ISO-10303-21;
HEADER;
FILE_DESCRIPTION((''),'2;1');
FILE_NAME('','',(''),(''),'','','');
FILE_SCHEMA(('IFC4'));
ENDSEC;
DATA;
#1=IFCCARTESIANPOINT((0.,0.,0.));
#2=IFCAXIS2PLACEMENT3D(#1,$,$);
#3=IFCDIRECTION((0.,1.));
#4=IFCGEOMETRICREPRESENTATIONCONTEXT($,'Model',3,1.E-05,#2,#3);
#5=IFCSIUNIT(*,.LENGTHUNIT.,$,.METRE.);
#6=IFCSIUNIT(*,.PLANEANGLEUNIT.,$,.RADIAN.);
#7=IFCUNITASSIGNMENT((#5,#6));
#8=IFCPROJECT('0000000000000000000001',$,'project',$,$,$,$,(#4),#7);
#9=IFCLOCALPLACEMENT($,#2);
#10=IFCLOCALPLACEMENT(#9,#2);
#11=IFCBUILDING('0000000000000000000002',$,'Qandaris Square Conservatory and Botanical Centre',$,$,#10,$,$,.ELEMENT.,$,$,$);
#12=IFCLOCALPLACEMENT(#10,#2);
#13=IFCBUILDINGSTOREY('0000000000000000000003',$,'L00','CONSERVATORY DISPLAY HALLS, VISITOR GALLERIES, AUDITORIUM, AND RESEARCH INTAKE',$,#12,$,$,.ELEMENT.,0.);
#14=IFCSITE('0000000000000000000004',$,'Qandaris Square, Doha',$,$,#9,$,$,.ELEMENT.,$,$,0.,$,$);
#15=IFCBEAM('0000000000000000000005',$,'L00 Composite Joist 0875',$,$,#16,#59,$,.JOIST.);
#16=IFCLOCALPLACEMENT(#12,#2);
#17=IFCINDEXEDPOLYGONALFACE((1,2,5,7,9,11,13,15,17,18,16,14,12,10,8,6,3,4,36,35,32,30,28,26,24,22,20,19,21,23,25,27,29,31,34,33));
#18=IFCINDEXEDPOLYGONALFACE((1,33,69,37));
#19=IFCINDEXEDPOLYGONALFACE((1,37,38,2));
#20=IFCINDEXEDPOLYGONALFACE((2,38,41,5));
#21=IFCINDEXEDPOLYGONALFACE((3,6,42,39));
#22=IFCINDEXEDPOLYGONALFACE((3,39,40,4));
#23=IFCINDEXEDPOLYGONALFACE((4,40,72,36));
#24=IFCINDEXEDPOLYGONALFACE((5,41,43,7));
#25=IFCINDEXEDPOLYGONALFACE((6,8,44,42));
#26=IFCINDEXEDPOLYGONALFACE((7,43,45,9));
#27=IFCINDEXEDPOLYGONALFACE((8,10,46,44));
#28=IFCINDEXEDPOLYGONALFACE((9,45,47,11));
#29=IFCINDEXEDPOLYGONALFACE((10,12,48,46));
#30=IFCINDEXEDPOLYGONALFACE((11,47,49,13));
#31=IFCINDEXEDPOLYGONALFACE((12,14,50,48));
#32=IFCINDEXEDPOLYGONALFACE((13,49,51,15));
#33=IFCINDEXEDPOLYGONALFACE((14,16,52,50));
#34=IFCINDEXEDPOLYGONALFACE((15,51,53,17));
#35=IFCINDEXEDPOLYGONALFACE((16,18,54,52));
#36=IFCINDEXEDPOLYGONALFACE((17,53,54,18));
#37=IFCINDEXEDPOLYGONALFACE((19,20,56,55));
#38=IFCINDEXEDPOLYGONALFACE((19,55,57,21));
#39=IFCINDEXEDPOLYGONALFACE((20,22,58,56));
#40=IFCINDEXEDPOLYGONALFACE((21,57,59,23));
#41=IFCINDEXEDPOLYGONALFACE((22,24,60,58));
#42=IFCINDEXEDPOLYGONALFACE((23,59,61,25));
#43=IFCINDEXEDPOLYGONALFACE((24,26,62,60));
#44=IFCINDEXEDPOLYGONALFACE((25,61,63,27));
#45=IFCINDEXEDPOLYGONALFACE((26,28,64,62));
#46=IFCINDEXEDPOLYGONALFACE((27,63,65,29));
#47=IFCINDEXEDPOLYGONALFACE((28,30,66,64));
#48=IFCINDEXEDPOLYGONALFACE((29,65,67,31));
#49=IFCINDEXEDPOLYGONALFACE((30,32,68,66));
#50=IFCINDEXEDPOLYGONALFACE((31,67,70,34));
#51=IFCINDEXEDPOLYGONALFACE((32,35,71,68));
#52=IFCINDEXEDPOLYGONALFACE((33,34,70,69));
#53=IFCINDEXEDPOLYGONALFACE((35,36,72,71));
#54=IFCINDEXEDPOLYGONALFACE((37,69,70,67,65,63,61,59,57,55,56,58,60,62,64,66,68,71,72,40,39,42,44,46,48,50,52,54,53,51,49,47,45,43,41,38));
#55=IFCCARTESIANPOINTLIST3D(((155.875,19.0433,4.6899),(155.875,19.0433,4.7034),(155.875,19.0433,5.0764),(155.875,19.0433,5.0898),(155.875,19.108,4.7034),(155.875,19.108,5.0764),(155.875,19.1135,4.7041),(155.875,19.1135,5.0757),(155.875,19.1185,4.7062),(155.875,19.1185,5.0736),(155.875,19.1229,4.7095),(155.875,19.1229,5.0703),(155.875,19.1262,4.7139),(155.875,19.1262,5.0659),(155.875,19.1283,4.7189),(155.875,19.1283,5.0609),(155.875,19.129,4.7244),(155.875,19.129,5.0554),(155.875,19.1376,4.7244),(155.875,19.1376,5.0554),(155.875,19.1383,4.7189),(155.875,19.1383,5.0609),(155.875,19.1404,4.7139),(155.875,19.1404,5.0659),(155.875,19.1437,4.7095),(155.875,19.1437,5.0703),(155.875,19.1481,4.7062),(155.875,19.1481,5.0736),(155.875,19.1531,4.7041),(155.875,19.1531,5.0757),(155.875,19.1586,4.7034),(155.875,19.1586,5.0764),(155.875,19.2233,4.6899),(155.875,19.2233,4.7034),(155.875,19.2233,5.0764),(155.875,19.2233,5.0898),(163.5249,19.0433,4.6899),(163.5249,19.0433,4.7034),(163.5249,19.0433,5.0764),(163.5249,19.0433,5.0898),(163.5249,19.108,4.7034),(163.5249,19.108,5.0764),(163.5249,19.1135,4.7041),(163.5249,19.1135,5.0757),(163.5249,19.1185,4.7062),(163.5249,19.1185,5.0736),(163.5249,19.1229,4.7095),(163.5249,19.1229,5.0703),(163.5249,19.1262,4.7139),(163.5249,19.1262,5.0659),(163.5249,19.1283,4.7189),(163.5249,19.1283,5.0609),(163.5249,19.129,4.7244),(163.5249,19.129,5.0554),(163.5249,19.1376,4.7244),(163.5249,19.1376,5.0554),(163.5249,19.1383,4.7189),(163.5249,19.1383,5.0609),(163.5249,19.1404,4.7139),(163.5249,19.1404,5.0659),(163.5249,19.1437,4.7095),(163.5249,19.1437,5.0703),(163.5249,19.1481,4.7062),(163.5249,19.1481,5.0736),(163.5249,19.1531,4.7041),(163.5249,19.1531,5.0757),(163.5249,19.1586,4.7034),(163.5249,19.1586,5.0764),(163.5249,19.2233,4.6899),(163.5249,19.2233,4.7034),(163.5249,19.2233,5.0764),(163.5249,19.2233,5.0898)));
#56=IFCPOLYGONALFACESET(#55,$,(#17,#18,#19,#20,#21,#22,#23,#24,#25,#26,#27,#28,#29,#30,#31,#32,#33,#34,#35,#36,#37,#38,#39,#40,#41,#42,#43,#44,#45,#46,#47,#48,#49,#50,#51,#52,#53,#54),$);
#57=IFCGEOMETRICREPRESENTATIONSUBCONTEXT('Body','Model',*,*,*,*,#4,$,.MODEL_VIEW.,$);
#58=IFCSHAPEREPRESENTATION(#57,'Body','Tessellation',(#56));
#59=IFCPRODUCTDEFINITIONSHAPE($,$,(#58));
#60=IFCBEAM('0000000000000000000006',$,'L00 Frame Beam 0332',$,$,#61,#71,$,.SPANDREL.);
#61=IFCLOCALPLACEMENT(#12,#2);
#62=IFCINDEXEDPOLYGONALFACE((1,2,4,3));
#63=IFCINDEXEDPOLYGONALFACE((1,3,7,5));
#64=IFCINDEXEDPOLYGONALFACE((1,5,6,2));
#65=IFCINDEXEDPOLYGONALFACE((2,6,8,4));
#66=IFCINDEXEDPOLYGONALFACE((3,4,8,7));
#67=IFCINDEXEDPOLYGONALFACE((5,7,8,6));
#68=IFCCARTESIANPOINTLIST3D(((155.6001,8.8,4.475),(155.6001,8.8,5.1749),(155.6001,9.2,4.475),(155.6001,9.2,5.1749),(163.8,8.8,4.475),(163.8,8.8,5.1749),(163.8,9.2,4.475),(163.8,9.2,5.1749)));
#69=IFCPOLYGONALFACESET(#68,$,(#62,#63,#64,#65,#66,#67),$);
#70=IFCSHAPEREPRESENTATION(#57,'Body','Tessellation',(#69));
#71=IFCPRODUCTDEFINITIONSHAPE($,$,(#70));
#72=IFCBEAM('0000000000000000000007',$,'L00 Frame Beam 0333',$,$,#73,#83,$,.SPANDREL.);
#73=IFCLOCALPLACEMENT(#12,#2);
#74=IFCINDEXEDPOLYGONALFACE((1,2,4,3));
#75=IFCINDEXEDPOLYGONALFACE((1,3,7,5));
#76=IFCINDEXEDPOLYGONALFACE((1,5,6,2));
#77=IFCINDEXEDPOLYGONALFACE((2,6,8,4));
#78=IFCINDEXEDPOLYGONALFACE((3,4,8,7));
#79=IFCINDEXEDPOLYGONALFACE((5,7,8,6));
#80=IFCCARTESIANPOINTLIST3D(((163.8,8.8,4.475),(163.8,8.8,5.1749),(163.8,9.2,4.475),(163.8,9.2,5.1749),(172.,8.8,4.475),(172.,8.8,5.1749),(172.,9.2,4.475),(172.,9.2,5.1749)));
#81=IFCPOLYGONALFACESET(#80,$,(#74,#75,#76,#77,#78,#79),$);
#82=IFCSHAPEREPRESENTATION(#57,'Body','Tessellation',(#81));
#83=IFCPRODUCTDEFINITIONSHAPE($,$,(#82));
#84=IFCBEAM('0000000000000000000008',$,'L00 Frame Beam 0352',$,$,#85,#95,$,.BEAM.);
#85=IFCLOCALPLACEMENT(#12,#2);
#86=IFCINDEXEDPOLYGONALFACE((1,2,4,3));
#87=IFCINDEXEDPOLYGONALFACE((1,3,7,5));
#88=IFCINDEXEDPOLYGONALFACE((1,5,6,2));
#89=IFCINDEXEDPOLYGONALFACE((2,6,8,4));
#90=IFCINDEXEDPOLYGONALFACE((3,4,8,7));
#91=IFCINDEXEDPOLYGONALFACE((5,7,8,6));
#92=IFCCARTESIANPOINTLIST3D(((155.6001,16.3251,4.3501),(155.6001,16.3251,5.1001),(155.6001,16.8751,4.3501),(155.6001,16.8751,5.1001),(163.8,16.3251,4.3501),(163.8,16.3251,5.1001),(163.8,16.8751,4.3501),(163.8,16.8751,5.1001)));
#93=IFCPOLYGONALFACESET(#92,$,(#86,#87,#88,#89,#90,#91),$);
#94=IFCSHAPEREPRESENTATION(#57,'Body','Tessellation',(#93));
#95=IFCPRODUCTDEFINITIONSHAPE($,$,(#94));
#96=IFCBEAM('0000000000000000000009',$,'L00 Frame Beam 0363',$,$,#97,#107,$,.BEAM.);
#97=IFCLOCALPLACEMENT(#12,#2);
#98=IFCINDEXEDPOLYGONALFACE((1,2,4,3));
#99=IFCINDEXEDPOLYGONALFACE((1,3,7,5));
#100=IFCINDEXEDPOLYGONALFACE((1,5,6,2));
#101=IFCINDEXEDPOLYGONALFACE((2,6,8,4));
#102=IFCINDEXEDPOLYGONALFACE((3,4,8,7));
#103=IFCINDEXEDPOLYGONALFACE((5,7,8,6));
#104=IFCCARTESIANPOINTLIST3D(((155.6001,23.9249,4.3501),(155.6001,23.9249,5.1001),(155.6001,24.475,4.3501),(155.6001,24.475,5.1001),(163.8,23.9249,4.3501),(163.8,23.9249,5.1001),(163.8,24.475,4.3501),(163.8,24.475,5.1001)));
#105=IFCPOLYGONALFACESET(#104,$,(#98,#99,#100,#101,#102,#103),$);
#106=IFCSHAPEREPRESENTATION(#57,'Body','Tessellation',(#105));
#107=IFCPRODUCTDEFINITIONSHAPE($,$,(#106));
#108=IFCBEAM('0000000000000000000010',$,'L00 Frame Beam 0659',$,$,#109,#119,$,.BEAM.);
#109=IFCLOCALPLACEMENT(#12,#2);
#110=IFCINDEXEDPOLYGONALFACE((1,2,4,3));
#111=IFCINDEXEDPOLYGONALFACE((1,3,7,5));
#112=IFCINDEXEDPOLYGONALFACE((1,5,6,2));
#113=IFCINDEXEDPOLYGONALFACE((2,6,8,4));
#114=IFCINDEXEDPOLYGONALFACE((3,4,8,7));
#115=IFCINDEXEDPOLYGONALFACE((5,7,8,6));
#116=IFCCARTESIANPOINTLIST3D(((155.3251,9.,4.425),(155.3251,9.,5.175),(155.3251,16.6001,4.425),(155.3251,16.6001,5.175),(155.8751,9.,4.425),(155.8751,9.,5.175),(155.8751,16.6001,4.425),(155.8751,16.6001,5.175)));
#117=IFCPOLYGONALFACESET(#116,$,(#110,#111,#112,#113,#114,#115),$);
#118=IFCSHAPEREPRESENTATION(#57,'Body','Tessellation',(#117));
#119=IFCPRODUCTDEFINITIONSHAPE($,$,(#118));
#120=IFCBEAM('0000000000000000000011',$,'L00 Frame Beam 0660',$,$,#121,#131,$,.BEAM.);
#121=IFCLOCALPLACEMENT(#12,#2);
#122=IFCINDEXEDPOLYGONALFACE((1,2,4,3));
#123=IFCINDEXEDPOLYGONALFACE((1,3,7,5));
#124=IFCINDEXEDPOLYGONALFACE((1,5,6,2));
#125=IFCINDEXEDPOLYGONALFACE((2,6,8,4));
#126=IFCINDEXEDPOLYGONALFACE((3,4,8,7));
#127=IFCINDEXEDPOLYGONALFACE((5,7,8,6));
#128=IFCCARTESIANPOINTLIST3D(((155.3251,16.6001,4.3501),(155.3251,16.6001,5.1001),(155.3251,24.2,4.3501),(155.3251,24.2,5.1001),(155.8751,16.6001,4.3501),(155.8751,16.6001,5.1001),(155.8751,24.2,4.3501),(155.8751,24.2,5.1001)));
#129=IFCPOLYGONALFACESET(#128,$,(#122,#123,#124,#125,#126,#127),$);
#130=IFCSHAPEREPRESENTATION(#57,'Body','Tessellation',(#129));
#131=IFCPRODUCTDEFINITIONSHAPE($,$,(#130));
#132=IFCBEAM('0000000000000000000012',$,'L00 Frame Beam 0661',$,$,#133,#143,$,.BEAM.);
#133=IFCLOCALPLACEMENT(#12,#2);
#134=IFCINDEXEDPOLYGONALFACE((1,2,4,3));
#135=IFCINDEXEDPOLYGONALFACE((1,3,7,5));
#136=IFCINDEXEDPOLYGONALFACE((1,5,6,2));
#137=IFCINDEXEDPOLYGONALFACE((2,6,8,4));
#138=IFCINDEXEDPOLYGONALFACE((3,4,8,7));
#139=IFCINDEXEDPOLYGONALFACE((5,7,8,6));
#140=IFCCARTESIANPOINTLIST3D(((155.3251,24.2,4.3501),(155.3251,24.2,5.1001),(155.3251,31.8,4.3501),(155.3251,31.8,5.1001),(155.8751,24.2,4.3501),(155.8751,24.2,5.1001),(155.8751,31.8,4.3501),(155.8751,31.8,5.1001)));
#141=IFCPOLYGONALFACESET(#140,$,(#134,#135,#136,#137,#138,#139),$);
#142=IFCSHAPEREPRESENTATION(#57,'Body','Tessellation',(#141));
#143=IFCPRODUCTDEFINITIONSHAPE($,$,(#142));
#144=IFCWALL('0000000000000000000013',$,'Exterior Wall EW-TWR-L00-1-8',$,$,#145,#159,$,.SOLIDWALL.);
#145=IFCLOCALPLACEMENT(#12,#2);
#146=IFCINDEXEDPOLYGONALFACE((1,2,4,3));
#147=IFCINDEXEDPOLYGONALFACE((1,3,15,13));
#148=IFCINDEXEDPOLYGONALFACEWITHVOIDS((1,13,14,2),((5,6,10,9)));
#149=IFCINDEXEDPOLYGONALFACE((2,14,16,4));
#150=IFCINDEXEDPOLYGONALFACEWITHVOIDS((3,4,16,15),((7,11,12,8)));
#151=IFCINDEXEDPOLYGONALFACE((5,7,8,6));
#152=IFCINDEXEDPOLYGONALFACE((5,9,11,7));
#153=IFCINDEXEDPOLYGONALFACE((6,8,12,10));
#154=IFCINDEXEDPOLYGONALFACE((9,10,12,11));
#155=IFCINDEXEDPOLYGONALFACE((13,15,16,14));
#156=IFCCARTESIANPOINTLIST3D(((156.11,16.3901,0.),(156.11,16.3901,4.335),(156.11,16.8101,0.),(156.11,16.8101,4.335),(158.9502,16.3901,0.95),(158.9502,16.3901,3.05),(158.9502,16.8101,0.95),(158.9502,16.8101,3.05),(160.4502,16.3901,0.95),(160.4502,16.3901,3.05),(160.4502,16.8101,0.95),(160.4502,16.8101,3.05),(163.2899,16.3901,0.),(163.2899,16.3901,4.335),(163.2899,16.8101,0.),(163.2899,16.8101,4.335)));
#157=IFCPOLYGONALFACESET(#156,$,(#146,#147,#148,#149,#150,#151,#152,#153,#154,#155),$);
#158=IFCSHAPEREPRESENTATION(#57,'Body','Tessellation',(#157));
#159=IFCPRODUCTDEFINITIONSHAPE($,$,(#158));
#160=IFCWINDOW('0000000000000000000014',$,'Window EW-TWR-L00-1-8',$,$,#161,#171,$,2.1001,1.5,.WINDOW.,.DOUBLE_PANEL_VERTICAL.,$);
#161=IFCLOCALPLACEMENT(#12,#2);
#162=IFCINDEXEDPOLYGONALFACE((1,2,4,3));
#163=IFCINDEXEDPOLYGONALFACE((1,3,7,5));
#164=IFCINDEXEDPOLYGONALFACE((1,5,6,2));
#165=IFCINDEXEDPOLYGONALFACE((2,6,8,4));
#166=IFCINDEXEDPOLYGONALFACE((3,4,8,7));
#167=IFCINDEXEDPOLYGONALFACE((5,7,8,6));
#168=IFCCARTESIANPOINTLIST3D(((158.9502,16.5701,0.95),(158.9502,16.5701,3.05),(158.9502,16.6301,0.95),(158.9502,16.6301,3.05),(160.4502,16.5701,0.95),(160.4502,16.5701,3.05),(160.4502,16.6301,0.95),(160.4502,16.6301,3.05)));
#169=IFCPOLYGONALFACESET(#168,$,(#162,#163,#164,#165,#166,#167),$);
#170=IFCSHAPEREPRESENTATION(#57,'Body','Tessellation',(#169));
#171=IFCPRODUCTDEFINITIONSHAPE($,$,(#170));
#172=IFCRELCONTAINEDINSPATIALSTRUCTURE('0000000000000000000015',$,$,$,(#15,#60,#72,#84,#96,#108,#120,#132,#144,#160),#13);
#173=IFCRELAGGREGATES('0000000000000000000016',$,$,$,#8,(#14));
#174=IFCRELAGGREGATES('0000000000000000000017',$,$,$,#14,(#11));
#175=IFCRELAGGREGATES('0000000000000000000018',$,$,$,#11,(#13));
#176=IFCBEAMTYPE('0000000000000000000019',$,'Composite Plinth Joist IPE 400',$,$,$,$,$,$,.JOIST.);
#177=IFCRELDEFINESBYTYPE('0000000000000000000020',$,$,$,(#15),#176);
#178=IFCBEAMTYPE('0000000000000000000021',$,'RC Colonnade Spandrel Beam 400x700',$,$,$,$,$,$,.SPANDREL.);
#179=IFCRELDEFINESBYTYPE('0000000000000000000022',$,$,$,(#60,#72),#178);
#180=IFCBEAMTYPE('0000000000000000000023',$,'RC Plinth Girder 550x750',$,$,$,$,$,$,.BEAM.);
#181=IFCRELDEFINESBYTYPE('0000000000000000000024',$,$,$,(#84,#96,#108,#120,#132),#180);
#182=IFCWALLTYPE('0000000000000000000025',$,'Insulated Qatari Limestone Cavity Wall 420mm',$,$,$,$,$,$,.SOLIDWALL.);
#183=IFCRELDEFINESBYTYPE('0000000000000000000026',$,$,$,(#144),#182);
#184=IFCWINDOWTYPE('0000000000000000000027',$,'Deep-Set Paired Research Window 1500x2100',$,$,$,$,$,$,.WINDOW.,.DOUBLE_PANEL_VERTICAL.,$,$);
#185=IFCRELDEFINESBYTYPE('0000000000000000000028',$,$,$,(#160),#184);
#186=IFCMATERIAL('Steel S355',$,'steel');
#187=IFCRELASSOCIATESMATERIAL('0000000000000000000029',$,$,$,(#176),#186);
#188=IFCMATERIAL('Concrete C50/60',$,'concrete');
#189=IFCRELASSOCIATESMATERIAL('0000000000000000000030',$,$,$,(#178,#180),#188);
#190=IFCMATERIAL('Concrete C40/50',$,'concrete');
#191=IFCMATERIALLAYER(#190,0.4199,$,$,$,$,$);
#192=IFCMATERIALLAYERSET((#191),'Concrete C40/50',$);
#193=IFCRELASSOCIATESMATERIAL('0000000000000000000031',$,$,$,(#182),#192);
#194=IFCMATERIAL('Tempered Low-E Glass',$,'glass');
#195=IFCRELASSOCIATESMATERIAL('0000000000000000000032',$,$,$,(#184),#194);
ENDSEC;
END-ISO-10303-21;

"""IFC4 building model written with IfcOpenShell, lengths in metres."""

from ifc_helpers import new_model, si_unit, direction, frame, frame_2d, origin, origin_2d, place, context, subcontext, project, spatial, rectangle, i_section, extrude, material, layer, layer_set, material_profile, profile_set, type_object, element, fill, save


model = new_model("IFC4")

# Units and contexts
model_context = context("Model", 3, precision=1e-05, world=origin(), true_north=direction((0.0, 1.0)))
body_context = subcontext(model_context, "Body", "Model", "MODEL_VIEW")
ifc_project = project(units=[si_unit("LENGTHUNIT", "METRE"), si_unit("PLANEANGLEUNIT", "RADIAN")], contexts=[model_context])

# Site, building, storey
site_placement = place(None, origin())
site = spatial("IfcSite", under=ifc_project, at=site_placement, Name="Qandaris Square, Doha", CompositionType="ELEMENT", RefElevation=0.0)
building_placement = place(site_placement, origin())
building = spatial("IfcBuilding", under=site, at=building_placement, Name="Qandaris Square Conservatory and Botanical Centre", CompositionType="ELEMENT")
storey_placement = place(building_placement, origin())
storey = spatial("IfcBuildingStorey", under=building, at=storey_placement, Name="L00", Description="CONSERVATORY DISPLAY HALLS, VISITOR GALLERIES, AUDITORIUM, AND RESEARCH INTAKE", CompositionType="ELEMENT", Elevation=0.0)

# Shared definitions
ifc_material_1 = material(Name="Concrete C40/50", Category="concrete")

# Shared definitions
ifc_material_2 = material(Name="Concrete C50/60", Category="concrete")

# Beams
ifc_material_3 = material(Name="Steel S355", Category="steel")
ifc_material_profile_1 = material_profile(ifc_material_3, i_section(OverallWidth=0.1799, OverallDepth=0.3999, WebThickness=0.0085, FlangeThickness=0.0134, FilletRadius=0.021, at=origin_2d()), Name="IPE 400")
ifc_profile_set_1 = profile_set([ifc_material_profile_1], Name="Steel S355")
beam_type_1 = type_object("IfcBeamType", Name="Composite Plinth Joist IPE 400", PredefinedType="JOIST", material=ifc_profile_set_1)
beam_1_placement = place(storey_placement, frame((155.875, 19.1333, 4.8899), z_axis=(1.0, 0.0, 0.0), x_axis=(0.0, 1.0, 0.0)))
element("IfcBeam", 1, at=beam_1_placement, inside=storey, type_object=beam_type_1, Name="L00 Composite Joist 0875", PredefinedType="JOIST", context=body_context, shape_type="SweptSolid", body=[
    extrude(i_section(OverallWidth=0.1799, OverallDepth=0.3999, WebThickness=0.0085, FlangeThickness=0.0134, FilletRadius=0.021, at=origin_2d()), origin(), (0.0, 0.0, 1.0), 7.6499),
])
ifc_material_profile_2 = material_profile(ifc_material_2, rectangle(XDim=0.3999, YDim=0.7, at=origin_2d()), Name="RC-SP 400x700")
ifc_profile_set_2 = profile_set([ifc_material_profile_2], Name="Concrete C50/60")
beam_type_2 = type_object("IfcBeamType", Name="RC Colonnade Spandrel Beam 400x700", PredefinedType="SPANDREL", material=ifc_profile_set_2)
for number, where, z_axis, x_axis, name in (
    (2, (155.6001, 9.0, 4.825), (1.0, 0.0, 0.0), (0.0, 1.0, 0.0), "L00 Frame Beam 0332"),
    (3, (163.8, 9.0, 4.825), (1.0, 0.0, 0.0), (0.0, 1.0, 0.0), "L00 Frame Beam 0333"),
):
    element("IfcBeam", number, at=place(storey_placement, frame(where, z_axis=z_axis, x_axis=x_axis)), inside=storey, type_object=beam_type_2, Name=name, PredefinedType="SPANDREL", context=body_context, shape_type="SweptSolid", body=[
        extrude(rectangle(XDim=0.3999, YDim=0.7, at=origin_2d()), origin(), (0.0, 0.0, 1.0), 8.2),
    ])
ifc_material_profile_3 = material_profile(ifc_material_2, rectangle(XDim=0.55, YDim=0.75, at=origin_2d()), Name="RC-BM 550x750")
ifc_profile_set_3 = profile_set([ifc_material_profile_3], Name="Concrete C50/60")
beam_type_3 = type_object("IfcBeamType", Name="RC Plinth Girder 550x750", PredefinedType="BEAM", material=ifc_profile_set_3)
for number, where, z_axis, x_axis, name in (
    (4, (155.6001, 16.6001, 4.7251), (1.0, 0.0, 0.0), (0.0, 1.0, 0.0), "L00 Frame Beam 0352"),
    (5, (155.6001, 24.2, 4.7251), (1.0, 0.0, 0.0), (0.0, 1.0, 0.0), "L00 Frame Beam 0363"),
):
    element("IfcBeam", number, at=place(storey_placement, frame(where, z_axis=z_axis, x_axis=x_axis)), inside=storey, type_object=beam_type_3, Name=name, PredefinedType="BEAM", context=body_context, shape_type="SweptSolid", body=[
        extrude(rectangle(XDim=0.55, YDim=0.75, at=origin_2d()), origin(), (0.0, 0.0, 1.0), 8.2),
    ])
beam_2_placement = place(storey_placement, frame((155.6001, 9.0, 4.8), z_axis=(0.0, 1.0, 0.0), x_axis=(-1.0, 0.0, 0.0)))
element("IfcBeam", 6, at=beam_2_placement, inside=storey, type_object=beam_type_3, Name="L00 Frame Beam 0659", PredefinedType="BEAM", context=body_context, shape_type="SweptSolid", body=[
    extrude(rectangle(XDim=0.55, YDim=0.75, at=origin_2d()), origin(), (0.0, 0.0, 1.0), 7.6001),
])
beam_3_placement = place(storey_placement, frame((155.6001, 16.6001, 4.7251), z_axis=(0.0, 1.0, 0.0), x_axis=(-1.0, 0.0, 0.0)))
element("IfcBeam", 7, at=beam_3_placement, inside=storey, type_object=beam_type_3, Name="L00 Frame Beam 0660", PredefinedType="BEAM", context=body_context, shape_type="SweptSolid", body=[
    extrude(rectangle(XDim=0.55, YDim=0.75, at=origin_2d()), origin(), (0.0, 0.0, 1.0), 7.5999),
])
beam_4_placement = place(storey_placement, frame((155.6001, 24.2, 4.7251), z_axis=(0.0, 1.0, 0.0), x_axis=(-1.0, 0.0, 0.0)))
element("IfcBeam", 8, at=beam_4_placement, inside=storey, type_object=beam_type_3, Name="L00 Frame Beam 0661", PredefinedType="BEAM", context=body_context, shape_type="SweptSolid", body=[
    extrude(rectangle(XDim=0.55, YDim=0.75, at=origin_2d()), origin(), (0.0, 0.0, 1.0), 7.6001),
])

# Wall, opening, window
ifc_layer = layer(ifc_material_1, 0.4199)
ifc_layer_set = layer_set([ifc_layer], Name="Concrete C40/50")
wall_type = type_object("IfcWallType", Name="Insulated Qatari Limestone Cavity Wall 420mm", PredefinedType="SOLIDWALL", material=ifc_layer_set)
wall_placement = place(storey_placement, frame((156.1101, 16.6001, 0.0), z_axis=(0.0, 0.0, 1.0), x_axis=(1.0, 0.0, 0.0)))
wall = element("IfcWall", 9, at=wall_placement, inside=storey, type_object=wall_type, Name="Exterior Wall EW-TWR-L00-1-8", PredefinedType="SOLIDWALL", context=body_context, shape_type="SweptSolid", body=[
    extrude(rectangle(XDim=7.1799, YDim=0.4199, at=frame_2d((3.5898, 0.0))), origin(), (0.0, 0.0, 1.0), 4.335),
])
opening_placement = place(wall_placement, frame((2.8401, 0.0, 0.95)))
opening = element("IfcOpeningElement", 10, at=opening_placement, cuts=wall, PredefinedType="OPENING", context=body_context, shape_type="SweptSolid", body=[
    extrude(rectangle(XDim=1.5, YDim=2.1001, at=frame_2d((0.75, 1.05))), frame((0.0, 0.2219, 0.0), z_axis=(0.0, -1.0, 0.0), x_axis=(1.0, 0.0, 0.0)), (0.0, 0.0, 1.0), 0.4438),
])
ifc_material_4 = material(Name="Tempered Low-E Glass", Category="glass")
window_type = type_object("IfcWindowType", Name="Deep-Set Paired Research Window 1500x2100", PartitioningType="DOUBLE_PANEL_VERTICAL", PredefinedType="WINDOW", material=ifc_material_4)
window_placement = place(opening_placement, origin())
window = element("IfcWindow", 11, at=window_placement, inside=storey, type_object=window_type, Name="Window EW-TWR-L00-1-8", OverallHeight=2.1001, OverallWidth=1.5, PartitioningType="DOUBLE_PANEL_VERTICAL", PredefinedType="WINDOW", context=body_context, shape_type="SweptSolid", body=[
    extrude(rectangle(XDim=1.5, YDim=2.1001, at=frame_2d((0.75, 1.05))), frame((0.0, 0.03, 0.0), z_axis=(0.0, -1.0, 0.0), x_axis=(1.0, 0.0, 0.0)), (0.0, 0.0, 1.0), 0.0601),
])
fill(opening, window)

save(model, "model.ifc")
